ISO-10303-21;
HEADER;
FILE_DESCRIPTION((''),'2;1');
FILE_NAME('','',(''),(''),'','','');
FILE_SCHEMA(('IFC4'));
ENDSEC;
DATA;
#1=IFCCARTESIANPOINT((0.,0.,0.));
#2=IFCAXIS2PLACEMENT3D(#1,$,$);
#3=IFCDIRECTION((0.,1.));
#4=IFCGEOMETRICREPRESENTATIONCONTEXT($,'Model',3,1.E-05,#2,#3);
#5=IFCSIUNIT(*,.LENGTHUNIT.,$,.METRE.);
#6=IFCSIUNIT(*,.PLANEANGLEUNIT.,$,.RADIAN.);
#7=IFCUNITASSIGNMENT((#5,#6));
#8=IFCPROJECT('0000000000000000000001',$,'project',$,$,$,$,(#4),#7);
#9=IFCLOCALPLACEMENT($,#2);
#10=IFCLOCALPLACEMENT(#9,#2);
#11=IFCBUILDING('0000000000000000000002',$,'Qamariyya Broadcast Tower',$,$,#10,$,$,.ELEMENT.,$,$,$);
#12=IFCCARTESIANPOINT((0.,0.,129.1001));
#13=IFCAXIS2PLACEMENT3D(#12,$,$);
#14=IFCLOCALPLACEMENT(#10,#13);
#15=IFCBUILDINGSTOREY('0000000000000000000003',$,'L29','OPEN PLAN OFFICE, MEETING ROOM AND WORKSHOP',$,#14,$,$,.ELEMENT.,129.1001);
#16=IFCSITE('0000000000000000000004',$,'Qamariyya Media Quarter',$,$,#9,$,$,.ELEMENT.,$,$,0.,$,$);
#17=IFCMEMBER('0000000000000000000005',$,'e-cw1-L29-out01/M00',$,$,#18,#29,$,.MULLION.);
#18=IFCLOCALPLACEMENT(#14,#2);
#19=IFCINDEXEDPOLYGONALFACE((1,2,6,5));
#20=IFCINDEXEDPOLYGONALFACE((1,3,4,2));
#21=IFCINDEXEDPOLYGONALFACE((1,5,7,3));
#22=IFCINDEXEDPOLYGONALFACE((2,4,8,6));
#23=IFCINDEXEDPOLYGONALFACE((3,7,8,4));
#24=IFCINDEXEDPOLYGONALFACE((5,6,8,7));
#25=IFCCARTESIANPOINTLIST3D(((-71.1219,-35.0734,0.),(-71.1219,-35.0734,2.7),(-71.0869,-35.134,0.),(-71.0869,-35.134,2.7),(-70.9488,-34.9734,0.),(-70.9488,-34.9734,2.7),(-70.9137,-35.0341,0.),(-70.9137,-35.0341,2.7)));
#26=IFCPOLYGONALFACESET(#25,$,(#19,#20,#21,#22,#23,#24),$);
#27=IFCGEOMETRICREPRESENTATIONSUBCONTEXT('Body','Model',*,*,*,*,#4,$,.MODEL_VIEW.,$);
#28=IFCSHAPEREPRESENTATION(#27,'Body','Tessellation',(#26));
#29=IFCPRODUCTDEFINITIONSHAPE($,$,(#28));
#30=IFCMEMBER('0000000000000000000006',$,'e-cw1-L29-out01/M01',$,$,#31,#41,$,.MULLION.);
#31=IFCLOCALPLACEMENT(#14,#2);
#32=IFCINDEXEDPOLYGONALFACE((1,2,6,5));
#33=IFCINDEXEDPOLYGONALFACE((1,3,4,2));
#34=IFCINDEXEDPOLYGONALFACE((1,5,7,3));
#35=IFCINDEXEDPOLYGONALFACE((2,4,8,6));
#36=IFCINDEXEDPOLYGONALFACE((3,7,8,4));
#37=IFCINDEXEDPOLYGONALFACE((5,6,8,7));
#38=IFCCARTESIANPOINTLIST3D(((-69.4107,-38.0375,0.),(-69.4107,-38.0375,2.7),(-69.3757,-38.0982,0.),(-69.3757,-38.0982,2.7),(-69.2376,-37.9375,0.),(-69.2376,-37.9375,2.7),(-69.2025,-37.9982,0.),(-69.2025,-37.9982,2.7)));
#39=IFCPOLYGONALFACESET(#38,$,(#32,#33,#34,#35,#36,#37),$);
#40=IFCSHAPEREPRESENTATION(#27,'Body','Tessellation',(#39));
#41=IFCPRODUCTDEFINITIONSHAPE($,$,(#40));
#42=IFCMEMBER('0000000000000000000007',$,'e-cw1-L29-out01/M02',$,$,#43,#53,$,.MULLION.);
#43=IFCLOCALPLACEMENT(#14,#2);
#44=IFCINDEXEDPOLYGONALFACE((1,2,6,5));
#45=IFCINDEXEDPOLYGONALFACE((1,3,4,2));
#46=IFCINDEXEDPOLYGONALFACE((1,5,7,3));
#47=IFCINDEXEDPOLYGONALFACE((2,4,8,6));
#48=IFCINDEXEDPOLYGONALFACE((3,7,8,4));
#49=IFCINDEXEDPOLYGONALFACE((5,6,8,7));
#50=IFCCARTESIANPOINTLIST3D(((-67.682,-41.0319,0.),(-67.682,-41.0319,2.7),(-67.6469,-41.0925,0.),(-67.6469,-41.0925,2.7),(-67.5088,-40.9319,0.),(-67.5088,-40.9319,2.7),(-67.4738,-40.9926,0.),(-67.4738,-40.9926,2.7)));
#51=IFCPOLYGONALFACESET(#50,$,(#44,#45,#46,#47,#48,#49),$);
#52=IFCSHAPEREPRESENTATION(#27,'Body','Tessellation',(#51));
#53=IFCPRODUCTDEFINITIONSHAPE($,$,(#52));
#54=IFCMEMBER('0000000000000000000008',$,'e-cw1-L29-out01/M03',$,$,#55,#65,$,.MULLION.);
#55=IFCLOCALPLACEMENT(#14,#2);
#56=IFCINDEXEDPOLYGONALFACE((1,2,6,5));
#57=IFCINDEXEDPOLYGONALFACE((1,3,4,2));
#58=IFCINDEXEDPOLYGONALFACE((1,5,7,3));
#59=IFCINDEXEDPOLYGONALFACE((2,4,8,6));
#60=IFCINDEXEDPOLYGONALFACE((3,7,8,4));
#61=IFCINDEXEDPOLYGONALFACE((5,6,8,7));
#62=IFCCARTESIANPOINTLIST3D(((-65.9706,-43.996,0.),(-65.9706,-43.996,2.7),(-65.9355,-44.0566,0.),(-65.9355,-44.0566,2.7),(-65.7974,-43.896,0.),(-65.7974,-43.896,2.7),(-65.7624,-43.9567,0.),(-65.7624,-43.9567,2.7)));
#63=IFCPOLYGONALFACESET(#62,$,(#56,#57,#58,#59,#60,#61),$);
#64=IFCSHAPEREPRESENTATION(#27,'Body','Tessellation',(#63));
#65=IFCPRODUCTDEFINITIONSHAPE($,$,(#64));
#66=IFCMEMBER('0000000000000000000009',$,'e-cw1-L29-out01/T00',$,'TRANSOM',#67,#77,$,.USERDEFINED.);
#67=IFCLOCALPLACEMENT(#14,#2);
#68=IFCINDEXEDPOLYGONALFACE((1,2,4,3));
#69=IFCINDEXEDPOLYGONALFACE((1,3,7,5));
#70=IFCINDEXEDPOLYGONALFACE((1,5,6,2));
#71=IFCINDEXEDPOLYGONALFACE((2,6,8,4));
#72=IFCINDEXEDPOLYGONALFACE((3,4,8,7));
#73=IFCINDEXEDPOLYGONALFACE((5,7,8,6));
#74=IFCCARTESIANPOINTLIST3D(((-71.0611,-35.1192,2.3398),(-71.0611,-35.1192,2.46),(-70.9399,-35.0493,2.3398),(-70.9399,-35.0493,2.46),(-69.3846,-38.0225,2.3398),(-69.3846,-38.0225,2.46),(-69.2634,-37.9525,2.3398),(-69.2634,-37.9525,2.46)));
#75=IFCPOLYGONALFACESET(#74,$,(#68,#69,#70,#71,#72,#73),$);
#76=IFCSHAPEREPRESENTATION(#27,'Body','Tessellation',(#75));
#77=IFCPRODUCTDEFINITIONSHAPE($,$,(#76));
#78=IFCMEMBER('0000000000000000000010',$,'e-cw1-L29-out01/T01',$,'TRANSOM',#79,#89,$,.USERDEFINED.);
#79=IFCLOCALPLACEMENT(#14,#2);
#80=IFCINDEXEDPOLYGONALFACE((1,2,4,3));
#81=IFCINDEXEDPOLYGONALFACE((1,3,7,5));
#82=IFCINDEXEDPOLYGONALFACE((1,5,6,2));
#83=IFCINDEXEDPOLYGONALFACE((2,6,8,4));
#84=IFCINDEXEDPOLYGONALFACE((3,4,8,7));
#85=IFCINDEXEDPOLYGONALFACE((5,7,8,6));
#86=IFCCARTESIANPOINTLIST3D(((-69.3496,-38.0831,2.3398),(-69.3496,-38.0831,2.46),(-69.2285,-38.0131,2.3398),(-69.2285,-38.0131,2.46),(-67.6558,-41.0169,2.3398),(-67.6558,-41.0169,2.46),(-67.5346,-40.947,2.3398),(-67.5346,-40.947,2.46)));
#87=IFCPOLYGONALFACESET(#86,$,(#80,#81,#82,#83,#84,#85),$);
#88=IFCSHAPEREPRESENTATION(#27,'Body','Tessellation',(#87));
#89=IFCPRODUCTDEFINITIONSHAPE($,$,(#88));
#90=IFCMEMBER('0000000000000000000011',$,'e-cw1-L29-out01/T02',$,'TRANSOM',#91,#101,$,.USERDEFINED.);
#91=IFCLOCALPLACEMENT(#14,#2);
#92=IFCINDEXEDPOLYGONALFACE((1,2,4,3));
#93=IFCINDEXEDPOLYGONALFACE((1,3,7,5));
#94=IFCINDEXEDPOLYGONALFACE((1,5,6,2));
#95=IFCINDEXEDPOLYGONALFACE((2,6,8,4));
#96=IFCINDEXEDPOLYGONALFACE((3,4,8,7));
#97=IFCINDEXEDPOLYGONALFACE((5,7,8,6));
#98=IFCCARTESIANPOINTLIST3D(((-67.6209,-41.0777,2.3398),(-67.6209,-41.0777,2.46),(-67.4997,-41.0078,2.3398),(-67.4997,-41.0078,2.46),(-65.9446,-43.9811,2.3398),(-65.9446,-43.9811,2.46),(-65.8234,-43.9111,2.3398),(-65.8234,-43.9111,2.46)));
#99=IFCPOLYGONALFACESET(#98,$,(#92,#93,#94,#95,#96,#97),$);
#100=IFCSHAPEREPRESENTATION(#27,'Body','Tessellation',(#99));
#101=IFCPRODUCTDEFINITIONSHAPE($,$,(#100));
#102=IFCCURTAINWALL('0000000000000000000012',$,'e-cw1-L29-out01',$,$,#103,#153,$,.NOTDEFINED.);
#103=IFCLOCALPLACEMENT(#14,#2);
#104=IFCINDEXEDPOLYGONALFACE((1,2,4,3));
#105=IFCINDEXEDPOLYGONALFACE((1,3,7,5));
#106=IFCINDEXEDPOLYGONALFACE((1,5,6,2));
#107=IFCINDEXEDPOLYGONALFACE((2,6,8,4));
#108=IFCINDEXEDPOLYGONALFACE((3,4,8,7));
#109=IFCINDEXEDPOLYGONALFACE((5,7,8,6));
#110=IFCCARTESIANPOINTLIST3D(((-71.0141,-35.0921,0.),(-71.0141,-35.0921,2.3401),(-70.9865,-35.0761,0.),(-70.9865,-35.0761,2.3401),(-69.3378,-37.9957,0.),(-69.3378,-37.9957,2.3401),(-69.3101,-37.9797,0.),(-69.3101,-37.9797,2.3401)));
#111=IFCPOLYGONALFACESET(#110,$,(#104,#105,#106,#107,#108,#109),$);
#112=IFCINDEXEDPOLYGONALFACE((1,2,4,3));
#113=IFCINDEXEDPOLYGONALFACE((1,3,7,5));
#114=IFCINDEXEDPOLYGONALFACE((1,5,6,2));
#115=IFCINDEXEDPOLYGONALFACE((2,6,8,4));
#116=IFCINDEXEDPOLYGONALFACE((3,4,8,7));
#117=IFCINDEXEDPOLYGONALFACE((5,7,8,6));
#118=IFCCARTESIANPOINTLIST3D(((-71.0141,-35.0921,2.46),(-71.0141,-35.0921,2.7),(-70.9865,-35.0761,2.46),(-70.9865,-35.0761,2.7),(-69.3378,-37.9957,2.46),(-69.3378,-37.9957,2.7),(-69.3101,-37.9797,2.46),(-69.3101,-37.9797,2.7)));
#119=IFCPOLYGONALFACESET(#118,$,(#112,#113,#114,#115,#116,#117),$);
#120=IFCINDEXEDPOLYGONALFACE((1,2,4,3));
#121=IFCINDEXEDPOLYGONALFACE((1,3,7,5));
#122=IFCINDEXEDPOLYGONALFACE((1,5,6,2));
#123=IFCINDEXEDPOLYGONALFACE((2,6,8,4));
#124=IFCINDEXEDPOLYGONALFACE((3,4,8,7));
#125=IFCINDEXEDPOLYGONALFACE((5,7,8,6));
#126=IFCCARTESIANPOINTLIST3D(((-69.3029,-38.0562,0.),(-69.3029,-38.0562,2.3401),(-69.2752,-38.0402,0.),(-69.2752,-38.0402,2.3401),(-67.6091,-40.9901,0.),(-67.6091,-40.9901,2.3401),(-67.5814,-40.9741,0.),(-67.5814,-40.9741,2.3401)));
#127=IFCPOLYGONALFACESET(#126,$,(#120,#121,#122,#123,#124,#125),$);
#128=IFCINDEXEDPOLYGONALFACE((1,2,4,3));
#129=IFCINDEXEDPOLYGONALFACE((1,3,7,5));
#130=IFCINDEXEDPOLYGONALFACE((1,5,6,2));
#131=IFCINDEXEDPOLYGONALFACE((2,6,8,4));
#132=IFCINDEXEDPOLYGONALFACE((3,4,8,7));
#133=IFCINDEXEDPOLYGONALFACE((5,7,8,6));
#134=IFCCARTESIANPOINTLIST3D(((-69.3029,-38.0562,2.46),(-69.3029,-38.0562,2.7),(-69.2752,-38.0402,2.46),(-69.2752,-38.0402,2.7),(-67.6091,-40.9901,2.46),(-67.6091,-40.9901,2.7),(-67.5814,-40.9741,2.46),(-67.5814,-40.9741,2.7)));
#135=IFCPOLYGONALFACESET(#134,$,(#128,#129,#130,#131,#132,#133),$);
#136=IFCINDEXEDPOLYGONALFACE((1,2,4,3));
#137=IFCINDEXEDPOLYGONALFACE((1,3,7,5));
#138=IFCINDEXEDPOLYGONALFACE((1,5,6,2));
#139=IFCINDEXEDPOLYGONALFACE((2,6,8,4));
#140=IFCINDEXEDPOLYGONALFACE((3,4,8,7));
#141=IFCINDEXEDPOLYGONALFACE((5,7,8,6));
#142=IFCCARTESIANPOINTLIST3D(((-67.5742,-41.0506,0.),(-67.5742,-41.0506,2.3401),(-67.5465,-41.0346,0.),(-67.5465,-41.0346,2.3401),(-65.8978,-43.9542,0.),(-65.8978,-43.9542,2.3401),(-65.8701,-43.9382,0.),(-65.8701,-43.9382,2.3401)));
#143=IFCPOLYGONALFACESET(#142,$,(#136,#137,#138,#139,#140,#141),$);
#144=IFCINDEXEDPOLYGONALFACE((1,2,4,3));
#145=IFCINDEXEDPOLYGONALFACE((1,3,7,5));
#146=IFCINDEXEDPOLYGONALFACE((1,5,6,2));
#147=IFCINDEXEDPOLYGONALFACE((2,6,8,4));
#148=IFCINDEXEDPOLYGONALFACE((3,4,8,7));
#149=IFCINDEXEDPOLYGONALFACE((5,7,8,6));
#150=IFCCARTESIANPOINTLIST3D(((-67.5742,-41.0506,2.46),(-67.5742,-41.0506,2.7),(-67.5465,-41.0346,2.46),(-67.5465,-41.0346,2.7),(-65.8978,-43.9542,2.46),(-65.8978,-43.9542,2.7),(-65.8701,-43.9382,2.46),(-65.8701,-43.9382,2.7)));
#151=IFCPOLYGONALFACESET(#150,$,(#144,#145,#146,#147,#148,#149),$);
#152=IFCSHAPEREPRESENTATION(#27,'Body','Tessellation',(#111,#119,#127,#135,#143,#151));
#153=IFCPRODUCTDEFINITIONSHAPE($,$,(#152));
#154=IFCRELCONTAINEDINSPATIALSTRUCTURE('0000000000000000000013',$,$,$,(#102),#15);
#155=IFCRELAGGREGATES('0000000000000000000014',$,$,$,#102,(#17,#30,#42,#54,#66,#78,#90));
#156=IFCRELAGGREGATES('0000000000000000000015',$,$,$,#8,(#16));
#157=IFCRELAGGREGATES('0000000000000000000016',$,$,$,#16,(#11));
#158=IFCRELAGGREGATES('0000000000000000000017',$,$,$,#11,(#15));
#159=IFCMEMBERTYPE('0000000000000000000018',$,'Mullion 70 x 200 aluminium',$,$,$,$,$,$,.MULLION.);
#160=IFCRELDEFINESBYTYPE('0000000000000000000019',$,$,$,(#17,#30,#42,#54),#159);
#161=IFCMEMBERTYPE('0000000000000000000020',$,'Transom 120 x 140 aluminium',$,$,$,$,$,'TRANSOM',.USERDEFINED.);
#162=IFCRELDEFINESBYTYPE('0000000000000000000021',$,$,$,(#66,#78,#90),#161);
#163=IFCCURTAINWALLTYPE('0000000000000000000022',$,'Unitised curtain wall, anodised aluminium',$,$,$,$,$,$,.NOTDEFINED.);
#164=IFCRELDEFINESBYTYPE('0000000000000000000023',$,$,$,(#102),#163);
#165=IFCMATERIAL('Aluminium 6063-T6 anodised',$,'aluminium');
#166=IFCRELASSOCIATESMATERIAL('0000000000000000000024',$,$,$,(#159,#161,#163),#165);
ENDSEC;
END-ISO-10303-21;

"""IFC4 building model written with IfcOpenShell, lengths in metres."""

from ifc_helpers import new_model, si_unit, direction, frame, origin, origin_2d, place, context, subcontext, project, spatial, rectangle, extrude, material, material_profile, profile_set, type_object, element, aggregate, save


model = new_model("IFC4")

# Units and contexts
model_context = context("Model", 3, precision=1e-05, world=origin(), true_north=direction((0.0, 1.0)))
body_context = subcontext(model_context, "Body", "Model", "MODEL_VIEW")
ifc_project = project(units=[si_unit("LENGTHUNIT", "METRE"), si_unit("PLANEANGLEUNIT", "RADIAN")], contexts=[model_context])

# Members
ifc_material = material(Name="Aluminium 6063-T6 anodised", Category="aluminium")
ifc_material_profile_1 = material_profile(ifc_material, rectangle(XDim=0.2, YDim=0.0701, at=origin_2d()))
ifc_profile_set_1 = profile_set([ifc_material_profile_1], Name="Aluminium 6063-T6 anodised")
member_type_1 = type_object("IfcMemberType", Name="Mullion 70 x 200 aluminium", PredefinedType="MULLION", material=ifc_profile_set_1)
site_placement = place(None, origin())
building_placement = place(site_placement, origin())
storey_placement = place(building_placement, frame((0.0, 0.0, 129.1001)))
member_1_placement = place(storey_placement, frame((-71.0178, -35.0537, 0.0), z_axis=(0.0, 0.0, 1.0), x_axis=(0.866025, 0.5, 0.0)))
member_1 = element("IfcMember", 1, at=member_1_placement, type_object=member_type_1, Name="e-cw1-L29-out01/M00", PredefinedType="MULLION", context=body_context, shape_type="SweptSolid", body=[
    extrude(rectangle(XDim=0.2, YDim=0.0701, at=origin_2d()), origin(), (0.0, 0.0, 1.0), 2.7),
])
member_2_placement = place(storey_placement, frame((-69.3066, -38.0178, 0.0), z_axis=(0.0, 0.0, 1.0), x_axis=(0.866025, 0.5, 0.0)))
member_2 = element("IfcMember", 2, at=member_2_placement, type_object=member_type_1, Name="e-cw1-L29-out01/M01", PredefinedType="MULLION", context=body_context, shape_type="SweptSolid", body=[
    extrude(rectangle(XDim=0.2, YDim=0.0701, at=origin_2d()), origin(), (0.0, 0.0, 1.0), 2.7),
])
member_3_placement = place(storey_placement, frame((-67.5779, -41.0122, 0.0), z_axis=(0.0, 0.0, 1.0), x_axis=(0.866025, 0.5, 0.0)))
member_3 = element("IfcMember", 3, at=member_3_placement, type_object=member_type_1, Name="e-cw1-L29-out01/M02", PredefinedType="MULLION", context=body_context, shape_type="SweptSolid", body=[
    extrude(rectangle(XDim=0.2, YDim=0.0701, at=origin_2d()), origin(), (0.0, 0.0, 1.0), 2.7),
])
member_4_placement = place(storey_placement, frame((-65.8665, -43.9763, 0.0), z_axis=(0.0, 0.0, 1.0), x_axis=(0.866025, 0.5, 0.0)))
member_4 = element("IfcMember", 4, at=member_4_placement, type_object=member_type_1, Name="e-cw1-L29-out01/M03", PredefinedType="MULLION", context=body_context, shape_type="SweptSolid", body=[
    extrude(rectangle(XDim=0.2, YDim=0.0701, at=origin_2d()), origin(), (0.0, 0.0, 1.0), 2.7),
])
ifc_material_profile_2 = material_profile(ifc_material, rectangle(XDim=0.1399, YDim=0.1201, at=origin_2d()))
ifc_profile_set_2 = profile_set([ifc_material_profile_2], Name="Aluminium 6063-T6 anodised")
member_type_2 = type_object("IfcMemberType", Name="Transom 120 x 140 aluminium", ElementType="TRANSOM", PredefinedType="USERDEFINED", material=ifc_profile_set_2)
member_5_placement = place(storey_placement, frame((-71.0005, -35.0842, 2.3999), z_axis=(0.500063, -0.865989, 0.0), x_axis=(0.865989, 0.500063, 0.0)))
member_5 = element("IfcMember", 5, at=member_5_placement, type_object=member_type_2, Name="e-cw1-L29-out01/T00", ObjectType="TRANSOM", PredefinedType="USERDEFINED", context=body_context, shape_type="SweptSolid", body=[
    extrude(rectangle(XDim=0.1399, YDim=0.1201, at=origin_2d()), origin(), (0.0, 0.0, 1.0), 3.3525),
])
member_6_placement = place(storey_placement, frame((-69.2891, -38.0481, 2.3999), z_axis=(0.499999, -0.866026, 0.0), x_axis=(0.866026, 0.499999, 0.0)))
member_6 = element("IfcMember", 6, at=member_6_placement, type_object=member_type_2, Name="e-cw1-L29-out01/T01", ObjectType="TRANSOM", PredefinedType="USERDEFINED", context=body_context, shape_type="SweptSolid", body=[
    extrude(rectangle(XDim=0.1399, YDim=0.1201, at=origin_2d()), origin(), (0.0, 0.0, 1.0), 3.3877),
])
member_7_placement = place(storey_placement, frame((-67.5603, -41.0427, 2.3999), z_axis=(0.500008, -0.866021, 0.0), x_axis=(0.866021, 0.500008, 0.0)))
member_7 = element("IfcMember", 7, at=member_7_placement, type_object=member_type_2, Name="e-cw1-L29-out01/T02", ObjectType="TRANSOM", PredefinedType="USERDEFINED", context=body_context, shape_type="SweptSolid", body=[
    extrude(rectangle(XDim=0.1399, YDim=0.1201, at=origin_2d()), origin(), (0.0, 0.0, 1.0), 3.3525),
])

# Site, building, storey
site = spatial("IfcSite", under=ifc_project, at=site_placement, Name="Qamariyya Media Quarter", CompositionType="ELEMENT", RefElevation=0.0)
building = spatial("IfcBuilding", under=site, at=building_placement, Name="Qamariyya Broadcast Tower", CompositionType="ELEMENT")
storey = spatial("IfcBuildingStorey", under=building, at=storey_placement, Name="L29", Description="OPEN PLAN OFFICE, MEETING ROOM AND WORKSHOP", CompositionType="ELEMENT", Elevation=129.1001)

# Curtain wall
curtain_wall_type = type_object("IfcCurtainWallType", Name="Unitised curtain wall, anodised aluminium", PredefinedType="NOTDEFINED", material=ifc_material)
curtain_wall_1_placement = place(storey_placement, origin())
curtain_wall_1 = element("IfcCurtainWall", 8, at=curtain_wall_1_placement, inside=storey, type_object=curtain_wall_type, Name="e-cw1-L29-out01", PredefinedType="NOTDEFINED", context=body_context, shape_type="SweptSolid", body=[
    extrude(rectangle(XDim=3.3528, YDim=0.032, at=origin_2d()), frame((-70.1621, -36.5359, 0.0), x_axis=(0.499997, -0.866027, 0.0)), (0.0, 0.0, 1.0), 2.3401),
    extrude(rectangle(XDim=3.3528, YDim=0.032, at=origin_2d()), frame((-70.1621, -36.5359, 2.46), x_axis=(0.499997, -0.866027, 0.0)), (0.0, 0.0, 1.0), 0.24),
    extrude(rectangle(XDim=3.3877, YDim=0.032, at=origin_2d()), frame((-68.4421, -39.5151, 0.0), x_axis=(0.499997, -0.866027, 0.0)), (0.0, 0.0, 1.0), 2.3401),
    extrude(rectangle(XDim=3.3877, YDim=0.032, at=origin_2d()), frame((-68.4421, -39.5151, 2.46), x_axis=(0.499997, -0.866027, 0.0)), (0.0, 0.0, 1.0), 0.24),
    extrude(rectangle(XDim=3.3528, YDim=0.032, at=origin_2d()), frame((-66.7222, -42.4944, 0.0), x_axis=(0.499997, -0.866027, 0.0)), (0.0, 0.0, 1.0), 2.3401),
    extrude(rectangle(XDim=3.3528, YDim=0.032, at=origin_2d()), frame((-66.7222, -42.4944, 2.46), x_axis=(0.499997, -0.866027, 0.0)), (0.0, 0.0, 1.0), 0.24),
])
aggregate(curtain_wall_1, [member_1, member_2, member_3, member_4, member_5, member_6, member_7])

save(model, "model.ifc")
